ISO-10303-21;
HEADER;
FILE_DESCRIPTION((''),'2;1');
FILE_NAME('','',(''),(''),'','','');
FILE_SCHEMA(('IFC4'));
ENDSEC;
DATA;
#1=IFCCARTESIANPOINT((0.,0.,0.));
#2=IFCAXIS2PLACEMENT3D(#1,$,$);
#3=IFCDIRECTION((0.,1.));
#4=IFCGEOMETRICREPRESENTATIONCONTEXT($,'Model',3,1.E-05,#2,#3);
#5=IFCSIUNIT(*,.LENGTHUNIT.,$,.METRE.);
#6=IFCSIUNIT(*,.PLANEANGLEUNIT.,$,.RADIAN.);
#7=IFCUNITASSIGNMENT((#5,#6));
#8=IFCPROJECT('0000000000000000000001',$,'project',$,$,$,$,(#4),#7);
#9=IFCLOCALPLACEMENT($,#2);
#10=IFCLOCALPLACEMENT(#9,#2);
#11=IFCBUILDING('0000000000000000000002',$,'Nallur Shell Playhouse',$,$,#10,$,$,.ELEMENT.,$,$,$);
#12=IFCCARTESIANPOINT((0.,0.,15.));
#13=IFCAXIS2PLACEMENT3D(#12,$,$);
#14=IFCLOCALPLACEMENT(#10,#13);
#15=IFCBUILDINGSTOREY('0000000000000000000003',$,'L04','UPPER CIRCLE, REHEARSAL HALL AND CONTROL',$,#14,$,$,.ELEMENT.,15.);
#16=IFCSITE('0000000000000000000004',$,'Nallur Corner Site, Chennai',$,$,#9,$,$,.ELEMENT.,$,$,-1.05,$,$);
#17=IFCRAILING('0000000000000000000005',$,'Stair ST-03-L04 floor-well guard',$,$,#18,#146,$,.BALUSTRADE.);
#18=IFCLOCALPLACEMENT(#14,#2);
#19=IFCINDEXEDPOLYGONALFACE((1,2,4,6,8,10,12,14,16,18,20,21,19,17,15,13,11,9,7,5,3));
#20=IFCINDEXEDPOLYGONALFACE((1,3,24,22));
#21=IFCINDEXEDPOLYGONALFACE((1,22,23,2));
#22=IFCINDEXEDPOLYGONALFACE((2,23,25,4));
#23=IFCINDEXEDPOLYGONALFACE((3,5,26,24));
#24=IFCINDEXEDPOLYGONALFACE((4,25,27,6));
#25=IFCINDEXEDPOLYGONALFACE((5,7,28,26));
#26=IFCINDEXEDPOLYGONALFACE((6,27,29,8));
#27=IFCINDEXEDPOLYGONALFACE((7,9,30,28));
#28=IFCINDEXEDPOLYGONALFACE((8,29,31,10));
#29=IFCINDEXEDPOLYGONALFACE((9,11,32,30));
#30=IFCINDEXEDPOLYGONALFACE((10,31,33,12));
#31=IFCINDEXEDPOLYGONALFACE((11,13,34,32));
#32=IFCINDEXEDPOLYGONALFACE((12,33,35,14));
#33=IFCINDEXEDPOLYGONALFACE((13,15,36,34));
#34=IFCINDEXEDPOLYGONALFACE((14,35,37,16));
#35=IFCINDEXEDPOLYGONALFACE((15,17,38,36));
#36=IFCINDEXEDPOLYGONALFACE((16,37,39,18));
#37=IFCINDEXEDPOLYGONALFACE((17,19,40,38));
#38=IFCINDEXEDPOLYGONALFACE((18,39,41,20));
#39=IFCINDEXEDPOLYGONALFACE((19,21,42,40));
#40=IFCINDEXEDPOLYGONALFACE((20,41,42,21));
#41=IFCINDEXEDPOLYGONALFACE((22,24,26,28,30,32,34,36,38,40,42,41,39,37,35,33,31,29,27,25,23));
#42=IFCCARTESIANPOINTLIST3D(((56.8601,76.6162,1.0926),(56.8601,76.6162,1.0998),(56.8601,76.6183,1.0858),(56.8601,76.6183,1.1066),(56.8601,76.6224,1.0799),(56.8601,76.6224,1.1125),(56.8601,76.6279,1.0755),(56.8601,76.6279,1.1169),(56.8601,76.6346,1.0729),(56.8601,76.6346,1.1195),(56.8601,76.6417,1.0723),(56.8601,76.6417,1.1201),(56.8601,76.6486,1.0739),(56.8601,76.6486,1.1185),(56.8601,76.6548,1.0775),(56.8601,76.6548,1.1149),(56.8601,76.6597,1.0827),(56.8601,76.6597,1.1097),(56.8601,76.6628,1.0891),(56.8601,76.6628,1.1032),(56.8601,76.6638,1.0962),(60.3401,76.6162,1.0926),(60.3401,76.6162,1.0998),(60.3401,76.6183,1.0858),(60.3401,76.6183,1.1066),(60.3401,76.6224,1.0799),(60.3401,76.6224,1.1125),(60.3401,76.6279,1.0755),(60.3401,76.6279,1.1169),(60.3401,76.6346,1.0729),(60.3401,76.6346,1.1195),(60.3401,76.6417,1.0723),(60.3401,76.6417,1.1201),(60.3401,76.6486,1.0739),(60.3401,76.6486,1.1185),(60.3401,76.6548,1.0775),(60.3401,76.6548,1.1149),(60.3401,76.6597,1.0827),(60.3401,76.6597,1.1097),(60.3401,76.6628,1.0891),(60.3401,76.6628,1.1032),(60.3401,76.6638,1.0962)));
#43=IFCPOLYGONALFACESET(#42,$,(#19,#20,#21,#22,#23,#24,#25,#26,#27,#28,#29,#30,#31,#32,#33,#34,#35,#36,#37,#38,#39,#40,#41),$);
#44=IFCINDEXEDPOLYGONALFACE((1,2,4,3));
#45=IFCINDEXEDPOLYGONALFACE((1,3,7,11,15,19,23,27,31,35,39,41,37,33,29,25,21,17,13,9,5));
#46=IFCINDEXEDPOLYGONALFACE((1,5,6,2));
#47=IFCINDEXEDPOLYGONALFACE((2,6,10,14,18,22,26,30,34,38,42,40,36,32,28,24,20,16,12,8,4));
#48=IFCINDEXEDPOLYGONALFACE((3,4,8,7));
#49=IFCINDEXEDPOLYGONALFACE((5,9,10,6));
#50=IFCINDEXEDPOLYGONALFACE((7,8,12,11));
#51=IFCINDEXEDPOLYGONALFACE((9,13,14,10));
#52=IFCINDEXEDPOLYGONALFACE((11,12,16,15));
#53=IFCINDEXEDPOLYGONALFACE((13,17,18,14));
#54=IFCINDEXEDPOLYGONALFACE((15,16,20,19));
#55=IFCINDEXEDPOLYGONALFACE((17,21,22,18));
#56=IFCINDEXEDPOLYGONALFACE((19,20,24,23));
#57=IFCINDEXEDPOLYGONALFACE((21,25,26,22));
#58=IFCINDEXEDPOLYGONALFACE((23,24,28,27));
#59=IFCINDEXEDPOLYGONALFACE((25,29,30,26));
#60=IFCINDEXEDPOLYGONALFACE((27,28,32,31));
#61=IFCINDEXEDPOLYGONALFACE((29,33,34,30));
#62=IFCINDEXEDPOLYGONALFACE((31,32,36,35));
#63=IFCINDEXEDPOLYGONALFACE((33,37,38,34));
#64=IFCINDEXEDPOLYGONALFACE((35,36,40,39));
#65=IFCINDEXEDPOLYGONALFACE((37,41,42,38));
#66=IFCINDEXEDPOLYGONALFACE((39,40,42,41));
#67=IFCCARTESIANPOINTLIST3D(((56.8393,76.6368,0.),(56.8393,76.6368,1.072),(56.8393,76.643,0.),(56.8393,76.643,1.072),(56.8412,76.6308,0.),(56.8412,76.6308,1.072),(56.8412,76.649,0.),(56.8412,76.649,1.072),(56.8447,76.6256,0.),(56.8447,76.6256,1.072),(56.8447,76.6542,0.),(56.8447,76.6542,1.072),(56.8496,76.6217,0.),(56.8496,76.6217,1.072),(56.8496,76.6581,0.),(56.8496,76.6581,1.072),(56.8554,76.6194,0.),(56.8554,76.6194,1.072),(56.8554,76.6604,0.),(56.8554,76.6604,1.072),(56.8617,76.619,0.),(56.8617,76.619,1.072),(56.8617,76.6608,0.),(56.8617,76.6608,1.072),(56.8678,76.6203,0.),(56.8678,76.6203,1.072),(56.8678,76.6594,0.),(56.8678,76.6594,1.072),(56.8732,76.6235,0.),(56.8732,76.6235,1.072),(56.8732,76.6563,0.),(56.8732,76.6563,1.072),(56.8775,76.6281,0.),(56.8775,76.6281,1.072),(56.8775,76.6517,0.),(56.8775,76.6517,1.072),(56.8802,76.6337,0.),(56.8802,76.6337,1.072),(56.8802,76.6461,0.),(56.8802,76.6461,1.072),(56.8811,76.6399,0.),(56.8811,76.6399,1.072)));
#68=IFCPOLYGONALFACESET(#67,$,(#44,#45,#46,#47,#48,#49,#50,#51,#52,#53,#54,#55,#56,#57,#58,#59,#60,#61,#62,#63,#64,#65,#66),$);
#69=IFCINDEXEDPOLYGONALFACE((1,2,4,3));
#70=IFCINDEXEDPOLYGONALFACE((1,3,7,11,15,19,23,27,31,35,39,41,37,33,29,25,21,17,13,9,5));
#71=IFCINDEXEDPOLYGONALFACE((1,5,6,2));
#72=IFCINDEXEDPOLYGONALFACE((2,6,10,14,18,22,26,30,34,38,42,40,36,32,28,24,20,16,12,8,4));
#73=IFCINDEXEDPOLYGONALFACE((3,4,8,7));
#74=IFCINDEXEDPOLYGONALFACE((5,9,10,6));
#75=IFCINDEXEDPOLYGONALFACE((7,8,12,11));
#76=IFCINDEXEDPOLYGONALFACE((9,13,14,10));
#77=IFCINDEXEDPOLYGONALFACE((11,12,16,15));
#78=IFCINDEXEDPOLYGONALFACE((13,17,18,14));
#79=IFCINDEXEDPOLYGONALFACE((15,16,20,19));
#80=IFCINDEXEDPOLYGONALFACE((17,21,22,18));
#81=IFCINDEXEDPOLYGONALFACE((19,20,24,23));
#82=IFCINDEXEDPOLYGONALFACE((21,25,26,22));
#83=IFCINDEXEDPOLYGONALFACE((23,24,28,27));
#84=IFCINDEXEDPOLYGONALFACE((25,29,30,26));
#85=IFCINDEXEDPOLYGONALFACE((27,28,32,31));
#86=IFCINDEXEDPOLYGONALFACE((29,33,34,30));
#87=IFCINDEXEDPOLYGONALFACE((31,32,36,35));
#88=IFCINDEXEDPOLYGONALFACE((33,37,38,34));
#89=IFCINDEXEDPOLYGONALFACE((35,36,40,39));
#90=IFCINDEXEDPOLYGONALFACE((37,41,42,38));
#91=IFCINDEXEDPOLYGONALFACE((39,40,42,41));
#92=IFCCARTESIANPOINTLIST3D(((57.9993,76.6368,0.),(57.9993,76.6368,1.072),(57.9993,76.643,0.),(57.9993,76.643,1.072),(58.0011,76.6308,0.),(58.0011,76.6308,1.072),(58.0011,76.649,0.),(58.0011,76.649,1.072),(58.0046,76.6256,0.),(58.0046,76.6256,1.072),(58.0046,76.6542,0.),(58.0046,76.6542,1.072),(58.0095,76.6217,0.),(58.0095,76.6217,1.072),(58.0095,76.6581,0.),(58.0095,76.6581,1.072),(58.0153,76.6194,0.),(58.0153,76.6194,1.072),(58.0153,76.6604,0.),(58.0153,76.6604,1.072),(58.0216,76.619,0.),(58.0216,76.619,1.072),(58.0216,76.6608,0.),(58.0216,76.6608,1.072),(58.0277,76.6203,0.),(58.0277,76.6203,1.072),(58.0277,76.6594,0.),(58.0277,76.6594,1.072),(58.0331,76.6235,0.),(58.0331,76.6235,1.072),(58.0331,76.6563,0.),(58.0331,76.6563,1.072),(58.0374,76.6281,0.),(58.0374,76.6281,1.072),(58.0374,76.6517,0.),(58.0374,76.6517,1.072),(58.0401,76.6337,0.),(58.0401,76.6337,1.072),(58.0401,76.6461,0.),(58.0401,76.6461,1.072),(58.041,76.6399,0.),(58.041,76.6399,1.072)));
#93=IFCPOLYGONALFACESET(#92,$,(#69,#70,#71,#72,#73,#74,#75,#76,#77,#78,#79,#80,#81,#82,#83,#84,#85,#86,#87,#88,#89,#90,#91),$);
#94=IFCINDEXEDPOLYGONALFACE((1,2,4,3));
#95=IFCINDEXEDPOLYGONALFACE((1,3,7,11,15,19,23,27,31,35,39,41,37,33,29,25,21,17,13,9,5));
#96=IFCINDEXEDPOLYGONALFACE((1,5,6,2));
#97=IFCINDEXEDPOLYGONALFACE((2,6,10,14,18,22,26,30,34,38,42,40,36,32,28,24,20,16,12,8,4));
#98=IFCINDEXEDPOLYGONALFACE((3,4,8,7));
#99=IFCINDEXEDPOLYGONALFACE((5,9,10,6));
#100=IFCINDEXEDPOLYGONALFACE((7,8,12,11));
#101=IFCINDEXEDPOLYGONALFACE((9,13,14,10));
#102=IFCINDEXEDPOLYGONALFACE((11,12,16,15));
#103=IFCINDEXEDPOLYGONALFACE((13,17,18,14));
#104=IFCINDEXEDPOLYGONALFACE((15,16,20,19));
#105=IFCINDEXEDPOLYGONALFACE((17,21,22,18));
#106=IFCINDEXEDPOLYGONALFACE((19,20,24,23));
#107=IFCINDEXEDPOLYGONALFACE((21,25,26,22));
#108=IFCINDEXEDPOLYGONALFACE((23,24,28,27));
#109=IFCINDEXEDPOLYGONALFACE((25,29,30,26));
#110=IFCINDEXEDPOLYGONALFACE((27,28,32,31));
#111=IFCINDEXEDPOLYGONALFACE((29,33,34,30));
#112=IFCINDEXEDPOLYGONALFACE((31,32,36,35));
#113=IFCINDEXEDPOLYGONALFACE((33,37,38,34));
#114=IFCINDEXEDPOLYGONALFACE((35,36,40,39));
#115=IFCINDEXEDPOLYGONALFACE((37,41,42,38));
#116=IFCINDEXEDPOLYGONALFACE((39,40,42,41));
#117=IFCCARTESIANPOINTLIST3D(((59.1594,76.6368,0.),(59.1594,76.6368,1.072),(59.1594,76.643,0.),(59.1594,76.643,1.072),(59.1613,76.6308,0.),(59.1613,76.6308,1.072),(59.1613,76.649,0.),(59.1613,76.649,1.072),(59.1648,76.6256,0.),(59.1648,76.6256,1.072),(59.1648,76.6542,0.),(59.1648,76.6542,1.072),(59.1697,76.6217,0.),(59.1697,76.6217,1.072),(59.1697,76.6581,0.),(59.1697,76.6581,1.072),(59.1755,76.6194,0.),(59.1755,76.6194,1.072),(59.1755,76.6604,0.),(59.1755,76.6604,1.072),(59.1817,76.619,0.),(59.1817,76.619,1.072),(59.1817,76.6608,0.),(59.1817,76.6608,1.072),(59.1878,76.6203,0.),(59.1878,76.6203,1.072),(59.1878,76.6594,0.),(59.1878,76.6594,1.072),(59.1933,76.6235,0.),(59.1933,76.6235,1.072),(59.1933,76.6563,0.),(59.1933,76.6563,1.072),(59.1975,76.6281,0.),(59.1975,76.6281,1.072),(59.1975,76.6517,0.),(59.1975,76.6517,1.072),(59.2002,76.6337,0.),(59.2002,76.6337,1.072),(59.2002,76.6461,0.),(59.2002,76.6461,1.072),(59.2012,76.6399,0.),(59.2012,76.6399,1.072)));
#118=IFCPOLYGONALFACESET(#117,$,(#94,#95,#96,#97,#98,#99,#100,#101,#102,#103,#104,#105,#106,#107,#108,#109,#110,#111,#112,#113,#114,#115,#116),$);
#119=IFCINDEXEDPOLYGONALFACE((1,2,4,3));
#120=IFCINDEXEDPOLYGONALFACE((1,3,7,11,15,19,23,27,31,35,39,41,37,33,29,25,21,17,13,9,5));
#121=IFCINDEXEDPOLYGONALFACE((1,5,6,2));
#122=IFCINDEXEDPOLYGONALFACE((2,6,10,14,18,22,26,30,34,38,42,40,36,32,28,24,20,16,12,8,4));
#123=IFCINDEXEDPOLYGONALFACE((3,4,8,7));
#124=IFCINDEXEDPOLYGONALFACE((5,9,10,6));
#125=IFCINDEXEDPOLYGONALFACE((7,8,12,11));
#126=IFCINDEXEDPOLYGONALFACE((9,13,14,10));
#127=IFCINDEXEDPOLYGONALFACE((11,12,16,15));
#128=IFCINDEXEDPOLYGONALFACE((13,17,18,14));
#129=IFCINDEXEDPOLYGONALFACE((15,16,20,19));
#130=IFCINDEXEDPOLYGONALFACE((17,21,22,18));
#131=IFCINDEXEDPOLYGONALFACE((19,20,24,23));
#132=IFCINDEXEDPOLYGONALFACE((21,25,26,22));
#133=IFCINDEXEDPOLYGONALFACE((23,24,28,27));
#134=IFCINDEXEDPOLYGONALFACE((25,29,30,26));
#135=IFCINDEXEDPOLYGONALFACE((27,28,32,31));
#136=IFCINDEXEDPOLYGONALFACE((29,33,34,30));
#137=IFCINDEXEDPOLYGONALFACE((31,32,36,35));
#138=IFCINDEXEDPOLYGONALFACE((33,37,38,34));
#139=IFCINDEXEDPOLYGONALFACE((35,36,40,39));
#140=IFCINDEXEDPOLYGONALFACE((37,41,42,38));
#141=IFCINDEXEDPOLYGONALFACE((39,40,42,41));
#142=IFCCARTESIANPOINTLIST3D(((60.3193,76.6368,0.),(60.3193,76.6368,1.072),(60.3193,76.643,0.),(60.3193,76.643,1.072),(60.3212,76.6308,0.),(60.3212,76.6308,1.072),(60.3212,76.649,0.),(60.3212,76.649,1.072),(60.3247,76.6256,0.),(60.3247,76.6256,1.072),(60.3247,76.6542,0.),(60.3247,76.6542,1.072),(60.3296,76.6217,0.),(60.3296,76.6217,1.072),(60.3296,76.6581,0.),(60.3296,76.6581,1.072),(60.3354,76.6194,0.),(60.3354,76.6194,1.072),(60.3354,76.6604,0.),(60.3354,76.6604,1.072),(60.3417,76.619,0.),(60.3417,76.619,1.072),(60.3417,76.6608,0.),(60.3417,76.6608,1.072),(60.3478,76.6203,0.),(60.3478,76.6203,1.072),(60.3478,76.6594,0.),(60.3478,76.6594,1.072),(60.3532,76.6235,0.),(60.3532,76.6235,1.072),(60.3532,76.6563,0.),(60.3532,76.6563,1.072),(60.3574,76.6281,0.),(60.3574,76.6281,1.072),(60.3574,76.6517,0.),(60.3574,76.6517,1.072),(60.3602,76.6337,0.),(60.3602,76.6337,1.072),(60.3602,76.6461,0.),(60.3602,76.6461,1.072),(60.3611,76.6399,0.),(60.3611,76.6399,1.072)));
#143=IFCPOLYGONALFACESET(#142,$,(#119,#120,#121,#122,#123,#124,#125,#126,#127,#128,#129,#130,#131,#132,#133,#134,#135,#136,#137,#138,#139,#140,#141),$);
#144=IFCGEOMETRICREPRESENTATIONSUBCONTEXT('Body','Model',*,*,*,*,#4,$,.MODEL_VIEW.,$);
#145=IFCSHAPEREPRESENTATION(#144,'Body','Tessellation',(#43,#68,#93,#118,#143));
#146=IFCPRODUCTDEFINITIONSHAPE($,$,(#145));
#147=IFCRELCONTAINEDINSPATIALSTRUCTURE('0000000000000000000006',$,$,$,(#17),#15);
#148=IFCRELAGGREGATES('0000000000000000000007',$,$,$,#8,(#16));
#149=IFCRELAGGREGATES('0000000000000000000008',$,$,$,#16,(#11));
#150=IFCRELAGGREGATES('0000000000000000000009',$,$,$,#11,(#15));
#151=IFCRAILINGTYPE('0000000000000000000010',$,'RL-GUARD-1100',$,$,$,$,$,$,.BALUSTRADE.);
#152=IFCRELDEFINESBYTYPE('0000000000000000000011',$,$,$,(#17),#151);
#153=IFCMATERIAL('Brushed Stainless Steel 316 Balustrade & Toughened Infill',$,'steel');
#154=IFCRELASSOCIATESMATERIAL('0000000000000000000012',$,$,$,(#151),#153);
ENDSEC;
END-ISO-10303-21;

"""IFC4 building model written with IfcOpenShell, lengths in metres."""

from ifc_helpers import new_model, si_unit, direction, frame, origin, origin_2d, place, context, subcontext, project, spatial, circle, extrude, material, type_object, element, save


model = new_model("IFC4")

# Units and contexts
model_context = context("Model", 3, precision=1e-05, world=origin(), true_north=direction((0.0, 1.0)))
body_context = subcontext(model_context, "Body", "Model", "MODEL_VIEW")
ifc_project = project(units=[si_unit("LENGTHUNIT", "METRE"), si_unit("PLANEANGLEUNIT", "RADIAN")], contexts=[model_context])

# Site, building, storey
site_placement = place(None, origin())
site = spatial("IfcSite", under=ifc_project, at=site_placement, Name="Nallur Corner Site, Chennai", CompositionType="ELEMENT", RefElevation=-1.05)
building_placement = place(site_placement, origin())
building = spatial("IfcBuilding", under=site, at=building_placement, Name="Nallur Shell Playhouse", CompositionType="ELEMENT")
storey_placement = place(building_placement, frame((0.0, 0.0, 15.0)))
storey = spatial("IfcBuildingStorey", under=building, at=storey_placement, Name="L04", Description="UPPER CIRCLE, REHEARSAL HALL AND CONTROL", CompositionType="ELEMENT", Elevation=15.0)

# Railing
ifc_material_1 = material(Name="Brushed Stainless Steel 316 Balustrade & Toughened Infill", Category="steel")
railing_type_1 = type_object("IfcRailingType", Name="RL-GUARD-1100", PredefinedType="BALUSTRADE", material=ifc_material_1)
railing_1_placement = place(storey_placement, frame((56.8601, 76.6399, 0.0)))
element("IfcRailing", 1, at=railing_1_placement, inside=storey, type_object=railing_type_1, Name="Stair ST-03-L04 floor-well guard", PredefinedType="BALUSTRADE", context=body_context, shape_type="SweptSolid", body=[
    extrude(circle(Radius=0.0239, at=origin_2d()), frame((0.0, 0.0, 1.0962), z_axis=(1.0, 0.0, 0.0), x_axis=(0.0, 1.0, 0.0)), (0.0, 0.0, 1.0), 3.48),
    extrude(circle(Radius=0.021, at=origin_2d()), origin(), (0.0, 0.0, 1.0), 1.072),
    extrude(circle(Radius=0.021, at=origin_2d()), frame((1.1599, 0.0, 0.0)), (0.0, 0.0, 1.0), 1.072),
    extrude(circle(Radius=0.021, at=origin_2d()), frame((2.3201, 0.0, 0.0)), (0.0, 0.0, 1.0), 1.072),
    extrude(circle(Radius=0.021, at=origin_2d()), frame((3.48, 0.0, 0.0)), (0.0, 0.0, 1.0), 1.072),
])

save(model, "model.ifc")
